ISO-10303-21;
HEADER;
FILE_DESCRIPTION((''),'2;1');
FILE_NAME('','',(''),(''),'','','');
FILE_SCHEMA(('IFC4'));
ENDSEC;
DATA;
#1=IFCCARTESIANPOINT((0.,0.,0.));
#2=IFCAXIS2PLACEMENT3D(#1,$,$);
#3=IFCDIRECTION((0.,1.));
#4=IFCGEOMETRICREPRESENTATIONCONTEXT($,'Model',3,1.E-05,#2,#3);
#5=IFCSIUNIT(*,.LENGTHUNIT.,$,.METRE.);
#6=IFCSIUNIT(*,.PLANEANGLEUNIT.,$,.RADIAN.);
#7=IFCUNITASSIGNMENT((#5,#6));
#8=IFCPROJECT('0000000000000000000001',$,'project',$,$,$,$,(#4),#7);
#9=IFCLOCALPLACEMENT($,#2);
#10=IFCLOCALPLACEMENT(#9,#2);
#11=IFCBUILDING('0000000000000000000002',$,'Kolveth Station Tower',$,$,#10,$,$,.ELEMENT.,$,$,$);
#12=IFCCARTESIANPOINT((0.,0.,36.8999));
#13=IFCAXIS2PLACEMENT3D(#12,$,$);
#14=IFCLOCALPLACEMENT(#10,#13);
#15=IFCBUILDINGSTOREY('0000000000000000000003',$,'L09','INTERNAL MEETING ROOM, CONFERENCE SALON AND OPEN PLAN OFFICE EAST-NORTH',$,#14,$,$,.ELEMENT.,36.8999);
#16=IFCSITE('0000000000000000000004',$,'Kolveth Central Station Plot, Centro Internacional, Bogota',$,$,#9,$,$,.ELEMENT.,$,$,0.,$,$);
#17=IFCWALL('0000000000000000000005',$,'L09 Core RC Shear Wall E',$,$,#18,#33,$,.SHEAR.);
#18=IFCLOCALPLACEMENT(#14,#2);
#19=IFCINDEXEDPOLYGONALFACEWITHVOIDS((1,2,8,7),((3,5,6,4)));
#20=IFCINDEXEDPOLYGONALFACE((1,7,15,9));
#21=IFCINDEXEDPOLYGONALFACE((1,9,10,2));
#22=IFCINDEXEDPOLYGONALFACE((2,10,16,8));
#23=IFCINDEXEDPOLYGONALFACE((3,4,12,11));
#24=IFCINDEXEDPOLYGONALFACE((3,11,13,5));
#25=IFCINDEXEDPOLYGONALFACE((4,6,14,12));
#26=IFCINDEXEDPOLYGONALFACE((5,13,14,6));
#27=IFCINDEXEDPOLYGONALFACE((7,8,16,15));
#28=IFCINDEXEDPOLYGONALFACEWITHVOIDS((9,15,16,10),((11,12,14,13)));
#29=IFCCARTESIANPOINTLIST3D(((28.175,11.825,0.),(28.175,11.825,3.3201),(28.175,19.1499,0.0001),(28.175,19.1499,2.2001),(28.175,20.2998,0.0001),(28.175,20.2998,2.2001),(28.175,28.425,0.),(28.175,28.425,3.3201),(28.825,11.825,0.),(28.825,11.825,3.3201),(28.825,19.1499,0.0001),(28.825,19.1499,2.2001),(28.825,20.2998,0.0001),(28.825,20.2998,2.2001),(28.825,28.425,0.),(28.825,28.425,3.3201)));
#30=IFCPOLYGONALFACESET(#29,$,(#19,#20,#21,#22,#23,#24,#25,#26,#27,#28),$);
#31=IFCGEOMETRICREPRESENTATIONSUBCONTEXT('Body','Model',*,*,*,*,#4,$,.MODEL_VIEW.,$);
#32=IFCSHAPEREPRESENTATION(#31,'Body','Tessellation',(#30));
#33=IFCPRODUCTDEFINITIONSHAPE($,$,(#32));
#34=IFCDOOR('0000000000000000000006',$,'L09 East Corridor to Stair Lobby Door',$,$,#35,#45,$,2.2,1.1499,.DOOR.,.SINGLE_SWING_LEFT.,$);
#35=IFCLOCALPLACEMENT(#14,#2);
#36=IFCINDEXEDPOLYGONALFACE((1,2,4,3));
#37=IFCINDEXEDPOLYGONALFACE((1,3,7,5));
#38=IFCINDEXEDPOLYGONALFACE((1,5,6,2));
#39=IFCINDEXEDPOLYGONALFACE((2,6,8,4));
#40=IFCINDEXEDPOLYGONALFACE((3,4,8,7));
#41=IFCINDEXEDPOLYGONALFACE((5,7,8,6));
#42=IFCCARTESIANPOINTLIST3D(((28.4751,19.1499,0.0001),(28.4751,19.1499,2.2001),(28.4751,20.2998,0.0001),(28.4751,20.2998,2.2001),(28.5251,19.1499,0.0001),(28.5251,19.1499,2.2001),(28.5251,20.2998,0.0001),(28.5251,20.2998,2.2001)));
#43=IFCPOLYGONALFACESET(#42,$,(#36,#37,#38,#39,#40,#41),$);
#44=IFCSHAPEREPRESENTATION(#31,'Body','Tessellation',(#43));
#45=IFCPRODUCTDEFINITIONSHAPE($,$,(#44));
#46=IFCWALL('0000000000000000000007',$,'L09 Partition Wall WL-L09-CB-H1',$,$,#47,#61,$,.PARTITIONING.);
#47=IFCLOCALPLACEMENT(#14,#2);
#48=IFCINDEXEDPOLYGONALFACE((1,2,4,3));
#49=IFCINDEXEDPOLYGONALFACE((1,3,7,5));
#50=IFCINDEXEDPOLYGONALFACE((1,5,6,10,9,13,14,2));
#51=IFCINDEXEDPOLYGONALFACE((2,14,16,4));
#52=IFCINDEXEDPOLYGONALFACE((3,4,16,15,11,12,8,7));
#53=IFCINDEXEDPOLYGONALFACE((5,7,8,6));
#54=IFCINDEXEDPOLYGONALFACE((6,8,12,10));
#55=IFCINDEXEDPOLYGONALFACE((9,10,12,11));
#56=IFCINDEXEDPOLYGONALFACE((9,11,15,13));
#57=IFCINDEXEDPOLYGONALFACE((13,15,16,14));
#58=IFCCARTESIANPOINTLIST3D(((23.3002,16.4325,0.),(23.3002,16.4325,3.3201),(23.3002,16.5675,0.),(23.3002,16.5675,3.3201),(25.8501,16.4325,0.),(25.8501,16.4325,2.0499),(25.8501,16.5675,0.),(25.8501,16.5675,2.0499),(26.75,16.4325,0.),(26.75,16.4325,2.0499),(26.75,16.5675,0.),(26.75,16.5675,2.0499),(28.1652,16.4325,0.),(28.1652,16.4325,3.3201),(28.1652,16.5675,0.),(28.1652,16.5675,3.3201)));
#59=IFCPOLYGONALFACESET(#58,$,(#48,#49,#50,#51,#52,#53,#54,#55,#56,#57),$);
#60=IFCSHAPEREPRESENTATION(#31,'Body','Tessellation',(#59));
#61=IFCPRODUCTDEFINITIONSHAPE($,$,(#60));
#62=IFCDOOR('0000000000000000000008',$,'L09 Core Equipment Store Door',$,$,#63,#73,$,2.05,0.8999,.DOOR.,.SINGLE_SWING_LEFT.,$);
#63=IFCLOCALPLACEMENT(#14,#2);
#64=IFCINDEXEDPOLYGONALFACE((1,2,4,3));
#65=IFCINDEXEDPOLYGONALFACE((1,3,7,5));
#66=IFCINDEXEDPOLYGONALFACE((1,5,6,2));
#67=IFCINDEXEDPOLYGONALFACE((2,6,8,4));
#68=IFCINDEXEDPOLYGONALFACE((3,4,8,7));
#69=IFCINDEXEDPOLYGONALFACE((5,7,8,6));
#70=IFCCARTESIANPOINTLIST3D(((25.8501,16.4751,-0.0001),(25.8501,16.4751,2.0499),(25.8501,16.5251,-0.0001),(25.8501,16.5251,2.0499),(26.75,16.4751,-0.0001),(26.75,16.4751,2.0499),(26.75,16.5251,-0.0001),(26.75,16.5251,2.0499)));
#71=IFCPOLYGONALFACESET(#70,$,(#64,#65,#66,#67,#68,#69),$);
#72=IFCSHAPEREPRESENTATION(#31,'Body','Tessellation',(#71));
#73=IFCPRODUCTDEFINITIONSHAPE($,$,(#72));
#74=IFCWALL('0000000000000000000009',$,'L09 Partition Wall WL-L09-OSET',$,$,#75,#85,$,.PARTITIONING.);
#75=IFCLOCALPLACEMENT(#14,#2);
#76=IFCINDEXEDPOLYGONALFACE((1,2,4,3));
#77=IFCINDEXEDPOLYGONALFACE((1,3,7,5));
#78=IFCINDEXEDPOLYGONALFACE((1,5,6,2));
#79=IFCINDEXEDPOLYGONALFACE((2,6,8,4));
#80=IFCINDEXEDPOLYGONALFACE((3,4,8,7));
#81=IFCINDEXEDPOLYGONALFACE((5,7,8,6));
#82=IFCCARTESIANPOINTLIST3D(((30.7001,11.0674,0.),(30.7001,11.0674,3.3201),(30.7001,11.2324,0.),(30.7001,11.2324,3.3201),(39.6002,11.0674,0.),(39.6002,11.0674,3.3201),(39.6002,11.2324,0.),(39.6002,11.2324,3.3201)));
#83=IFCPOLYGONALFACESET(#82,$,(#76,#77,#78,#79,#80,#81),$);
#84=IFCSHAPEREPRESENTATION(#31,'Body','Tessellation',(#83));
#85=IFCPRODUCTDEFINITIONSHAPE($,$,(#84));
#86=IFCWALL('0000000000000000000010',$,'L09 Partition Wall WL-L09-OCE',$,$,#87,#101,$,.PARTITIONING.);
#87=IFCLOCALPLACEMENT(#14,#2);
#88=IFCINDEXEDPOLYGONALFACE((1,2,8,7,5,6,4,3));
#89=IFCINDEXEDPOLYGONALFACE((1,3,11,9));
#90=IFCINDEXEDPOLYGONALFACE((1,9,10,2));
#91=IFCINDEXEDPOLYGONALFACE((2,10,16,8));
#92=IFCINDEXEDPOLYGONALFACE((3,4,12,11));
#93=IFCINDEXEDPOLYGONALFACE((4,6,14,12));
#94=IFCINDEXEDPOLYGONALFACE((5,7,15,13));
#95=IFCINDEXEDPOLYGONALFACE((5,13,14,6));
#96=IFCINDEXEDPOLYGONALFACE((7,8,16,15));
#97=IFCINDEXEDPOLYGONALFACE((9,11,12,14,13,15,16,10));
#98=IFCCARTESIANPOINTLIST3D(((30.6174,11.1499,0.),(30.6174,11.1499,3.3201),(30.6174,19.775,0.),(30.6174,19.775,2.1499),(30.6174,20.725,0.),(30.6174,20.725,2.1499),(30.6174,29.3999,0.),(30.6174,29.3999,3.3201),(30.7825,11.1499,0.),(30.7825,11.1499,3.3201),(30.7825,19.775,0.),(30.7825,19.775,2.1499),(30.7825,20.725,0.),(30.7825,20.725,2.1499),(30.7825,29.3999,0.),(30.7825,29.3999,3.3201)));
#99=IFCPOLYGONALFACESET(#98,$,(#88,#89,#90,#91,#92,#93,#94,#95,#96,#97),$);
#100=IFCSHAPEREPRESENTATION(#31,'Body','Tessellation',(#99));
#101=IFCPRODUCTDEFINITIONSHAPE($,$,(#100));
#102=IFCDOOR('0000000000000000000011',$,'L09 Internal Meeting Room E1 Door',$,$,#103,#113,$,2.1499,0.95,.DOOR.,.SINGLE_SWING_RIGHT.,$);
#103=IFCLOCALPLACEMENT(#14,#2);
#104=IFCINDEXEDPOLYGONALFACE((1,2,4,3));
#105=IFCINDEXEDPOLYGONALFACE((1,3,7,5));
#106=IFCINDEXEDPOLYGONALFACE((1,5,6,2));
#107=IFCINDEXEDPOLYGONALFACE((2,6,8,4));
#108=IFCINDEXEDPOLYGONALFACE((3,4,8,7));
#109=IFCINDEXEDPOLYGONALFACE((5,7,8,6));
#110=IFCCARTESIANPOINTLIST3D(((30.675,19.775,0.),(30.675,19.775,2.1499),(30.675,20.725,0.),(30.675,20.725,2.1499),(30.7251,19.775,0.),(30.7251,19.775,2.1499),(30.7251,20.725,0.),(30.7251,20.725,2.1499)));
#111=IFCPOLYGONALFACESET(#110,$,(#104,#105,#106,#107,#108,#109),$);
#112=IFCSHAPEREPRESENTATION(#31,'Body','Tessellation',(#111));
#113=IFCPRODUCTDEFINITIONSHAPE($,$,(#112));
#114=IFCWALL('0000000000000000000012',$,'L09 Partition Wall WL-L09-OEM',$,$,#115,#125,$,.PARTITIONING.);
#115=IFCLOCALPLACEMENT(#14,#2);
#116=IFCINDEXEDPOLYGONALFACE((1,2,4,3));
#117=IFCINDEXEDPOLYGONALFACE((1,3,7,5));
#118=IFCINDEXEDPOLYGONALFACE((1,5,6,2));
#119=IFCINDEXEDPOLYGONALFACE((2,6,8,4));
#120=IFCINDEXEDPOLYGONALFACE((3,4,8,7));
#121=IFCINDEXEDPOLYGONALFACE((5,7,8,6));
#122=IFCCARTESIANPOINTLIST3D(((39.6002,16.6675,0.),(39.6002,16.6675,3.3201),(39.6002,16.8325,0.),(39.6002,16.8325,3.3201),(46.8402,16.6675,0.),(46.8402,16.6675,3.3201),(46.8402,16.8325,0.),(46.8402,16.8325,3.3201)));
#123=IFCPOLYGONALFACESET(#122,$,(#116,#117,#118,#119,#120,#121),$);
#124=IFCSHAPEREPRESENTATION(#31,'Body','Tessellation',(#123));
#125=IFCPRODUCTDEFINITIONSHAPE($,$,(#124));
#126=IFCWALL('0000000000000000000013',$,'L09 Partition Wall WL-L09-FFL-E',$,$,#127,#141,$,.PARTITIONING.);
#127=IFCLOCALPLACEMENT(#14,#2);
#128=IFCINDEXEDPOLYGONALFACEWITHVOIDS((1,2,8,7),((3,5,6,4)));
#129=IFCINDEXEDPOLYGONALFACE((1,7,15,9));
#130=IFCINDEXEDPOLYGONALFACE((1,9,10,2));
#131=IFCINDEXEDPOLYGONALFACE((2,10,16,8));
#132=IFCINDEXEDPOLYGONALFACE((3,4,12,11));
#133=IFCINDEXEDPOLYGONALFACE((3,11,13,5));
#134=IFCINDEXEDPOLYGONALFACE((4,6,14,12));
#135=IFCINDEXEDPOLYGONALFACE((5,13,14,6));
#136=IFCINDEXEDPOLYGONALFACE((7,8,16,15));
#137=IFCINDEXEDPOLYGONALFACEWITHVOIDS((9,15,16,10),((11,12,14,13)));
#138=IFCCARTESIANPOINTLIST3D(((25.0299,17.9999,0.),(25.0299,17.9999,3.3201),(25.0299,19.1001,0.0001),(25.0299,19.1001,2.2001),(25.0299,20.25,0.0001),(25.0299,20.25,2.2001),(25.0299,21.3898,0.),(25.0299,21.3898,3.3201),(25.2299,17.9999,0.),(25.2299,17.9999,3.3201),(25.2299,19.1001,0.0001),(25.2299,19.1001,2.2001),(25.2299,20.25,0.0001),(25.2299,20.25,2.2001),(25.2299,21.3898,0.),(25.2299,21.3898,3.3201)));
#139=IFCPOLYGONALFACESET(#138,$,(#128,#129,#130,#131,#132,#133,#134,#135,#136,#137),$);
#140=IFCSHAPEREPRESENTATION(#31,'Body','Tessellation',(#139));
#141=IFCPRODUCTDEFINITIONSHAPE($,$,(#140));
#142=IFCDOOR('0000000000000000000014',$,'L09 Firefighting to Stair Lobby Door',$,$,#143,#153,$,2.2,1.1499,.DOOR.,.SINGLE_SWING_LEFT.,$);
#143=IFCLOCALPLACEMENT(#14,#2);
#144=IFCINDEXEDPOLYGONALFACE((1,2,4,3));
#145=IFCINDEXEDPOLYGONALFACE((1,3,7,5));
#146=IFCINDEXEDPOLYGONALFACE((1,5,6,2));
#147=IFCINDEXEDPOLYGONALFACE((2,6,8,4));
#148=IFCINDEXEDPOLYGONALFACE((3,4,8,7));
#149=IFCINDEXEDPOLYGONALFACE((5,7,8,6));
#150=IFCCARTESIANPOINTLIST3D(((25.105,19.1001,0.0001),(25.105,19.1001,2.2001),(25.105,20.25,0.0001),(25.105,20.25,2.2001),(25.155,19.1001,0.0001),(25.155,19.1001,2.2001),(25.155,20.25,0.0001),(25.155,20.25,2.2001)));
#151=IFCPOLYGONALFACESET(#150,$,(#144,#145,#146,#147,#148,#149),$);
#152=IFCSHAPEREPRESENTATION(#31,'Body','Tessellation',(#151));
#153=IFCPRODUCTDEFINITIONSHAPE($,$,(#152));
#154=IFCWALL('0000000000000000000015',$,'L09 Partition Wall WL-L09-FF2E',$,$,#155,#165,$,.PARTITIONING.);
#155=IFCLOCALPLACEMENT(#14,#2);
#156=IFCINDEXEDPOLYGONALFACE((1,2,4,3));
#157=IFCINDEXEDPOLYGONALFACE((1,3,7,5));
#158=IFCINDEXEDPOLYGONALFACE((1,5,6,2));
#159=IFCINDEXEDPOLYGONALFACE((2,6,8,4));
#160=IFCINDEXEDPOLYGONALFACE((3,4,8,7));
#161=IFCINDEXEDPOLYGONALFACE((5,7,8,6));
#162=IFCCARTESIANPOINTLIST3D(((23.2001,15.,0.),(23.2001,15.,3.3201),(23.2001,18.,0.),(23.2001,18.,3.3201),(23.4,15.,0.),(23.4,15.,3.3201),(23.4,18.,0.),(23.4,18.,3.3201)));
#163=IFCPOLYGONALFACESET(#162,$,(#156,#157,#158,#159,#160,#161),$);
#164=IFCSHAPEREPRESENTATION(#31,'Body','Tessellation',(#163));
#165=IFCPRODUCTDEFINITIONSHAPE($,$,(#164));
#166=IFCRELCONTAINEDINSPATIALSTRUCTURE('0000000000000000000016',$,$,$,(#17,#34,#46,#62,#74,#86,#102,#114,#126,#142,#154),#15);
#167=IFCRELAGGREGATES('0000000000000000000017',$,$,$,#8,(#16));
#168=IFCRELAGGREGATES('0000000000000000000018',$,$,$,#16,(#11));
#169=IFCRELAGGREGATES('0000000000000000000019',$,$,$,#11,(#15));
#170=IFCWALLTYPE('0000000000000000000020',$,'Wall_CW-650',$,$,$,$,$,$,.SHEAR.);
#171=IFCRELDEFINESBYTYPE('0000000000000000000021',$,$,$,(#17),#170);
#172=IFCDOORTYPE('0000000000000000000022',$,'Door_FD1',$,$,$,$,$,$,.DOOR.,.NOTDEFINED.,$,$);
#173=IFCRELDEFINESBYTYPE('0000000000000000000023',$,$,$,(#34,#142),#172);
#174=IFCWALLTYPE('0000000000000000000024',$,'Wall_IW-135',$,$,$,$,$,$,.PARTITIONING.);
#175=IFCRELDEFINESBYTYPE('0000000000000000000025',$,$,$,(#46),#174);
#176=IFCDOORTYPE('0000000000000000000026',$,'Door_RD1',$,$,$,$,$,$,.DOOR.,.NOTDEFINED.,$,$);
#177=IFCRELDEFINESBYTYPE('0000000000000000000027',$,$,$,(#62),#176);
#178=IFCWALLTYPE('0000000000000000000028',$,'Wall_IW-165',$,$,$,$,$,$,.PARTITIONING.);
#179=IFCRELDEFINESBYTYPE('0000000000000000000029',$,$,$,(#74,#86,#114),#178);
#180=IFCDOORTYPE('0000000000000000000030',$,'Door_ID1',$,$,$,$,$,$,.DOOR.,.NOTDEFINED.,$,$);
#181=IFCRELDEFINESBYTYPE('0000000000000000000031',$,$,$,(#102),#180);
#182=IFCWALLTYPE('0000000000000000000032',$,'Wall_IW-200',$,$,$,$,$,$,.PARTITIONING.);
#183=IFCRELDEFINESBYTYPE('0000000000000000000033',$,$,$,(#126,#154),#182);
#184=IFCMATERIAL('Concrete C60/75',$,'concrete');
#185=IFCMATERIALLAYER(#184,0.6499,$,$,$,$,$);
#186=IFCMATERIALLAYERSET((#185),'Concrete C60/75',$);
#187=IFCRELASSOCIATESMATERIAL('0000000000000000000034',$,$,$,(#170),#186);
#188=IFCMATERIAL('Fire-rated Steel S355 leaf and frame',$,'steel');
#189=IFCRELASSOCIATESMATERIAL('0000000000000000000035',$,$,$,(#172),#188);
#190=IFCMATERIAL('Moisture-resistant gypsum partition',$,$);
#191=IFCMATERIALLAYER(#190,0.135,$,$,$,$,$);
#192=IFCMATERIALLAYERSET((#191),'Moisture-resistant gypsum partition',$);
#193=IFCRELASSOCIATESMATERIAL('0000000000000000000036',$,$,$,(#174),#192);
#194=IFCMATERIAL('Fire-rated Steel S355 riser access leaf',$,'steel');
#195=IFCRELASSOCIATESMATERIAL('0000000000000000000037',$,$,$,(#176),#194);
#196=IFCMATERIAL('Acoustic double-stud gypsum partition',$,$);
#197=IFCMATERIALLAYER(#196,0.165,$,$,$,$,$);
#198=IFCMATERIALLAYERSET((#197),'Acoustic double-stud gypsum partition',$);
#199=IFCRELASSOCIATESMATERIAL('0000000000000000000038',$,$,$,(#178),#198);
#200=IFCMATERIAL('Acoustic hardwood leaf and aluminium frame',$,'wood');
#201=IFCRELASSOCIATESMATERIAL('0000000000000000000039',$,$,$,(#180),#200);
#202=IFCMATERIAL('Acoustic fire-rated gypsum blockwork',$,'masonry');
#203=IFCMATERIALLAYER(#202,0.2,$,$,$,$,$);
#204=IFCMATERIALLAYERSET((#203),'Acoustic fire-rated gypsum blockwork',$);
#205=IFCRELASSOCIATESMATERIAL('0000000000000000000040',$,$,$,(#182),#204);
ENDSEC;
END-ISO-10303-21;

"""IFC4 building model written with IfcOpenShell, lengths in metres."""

from ifc_helpers import new_model, si_unit, direction, frame, frame_2d, origin, place, context, subcontext, project, spatial, rectangle, extrude, material, layer, layer_set, type_object, element, fill, save


model = new_model("IFC4")

# Units and contexts
model_context = context("Model", 3, precision=1e-05, world=origin(), true_north=direction((0.0, 1.0)))
body_context = subcontext(model_context, "Body", "Model", "MODEL_VIEW")
ifc_project = project(units=[si_unit("LENGTHUNIT", "METRE"), si_unit("PLANEANGLEUNIT", "RADIAN")], contexts=[model_context])

# Site, building, storey
site_placement = place(None, origin())
site = spatial("IfcSite", under=ifc_project, at=site_placement, Name="Kolveth Central Station Plot, Centro Internacional, Bogota", CompositionType="ELEMENT", RefElevation=0.0)
building_placement = place(site_placement, origin())
building = spatial("IfcBuilding", under=site, at=building_placement, Name="Kolveth Station Tower", CompositionType="ELEMENT")
storey_placement = place(building_placement, frame((0.0, 0.0, 36.8999)))
storey = spatial("IfcBuildingStorey", under=building, at=storey_placement, Name="L09", Description="INTERNAL MEETING ROOM, CONFERENCE SALON AND OPEN PLAN OFFICE EAST-NORTH", CompositionType="ELEMENT", Elevation=36.8999)

# Walls, openings, doors
ifc_material_1 = material(Name="Concrete C60/75", Category="concrete")
ifc_layer_1 = layer(ifc_material_1, 0.6499)
ifc_layer_set_1 = layer_set([ifc_layer_1], Name="Concrete C60/75")
wall_type_1 = type_object("IfcWallType", Name="Wall_CW-650", PredefinedType="SHEAR", material=ifc_layer_set_1)
wall_1_placement = place(storey_placement, frame((28.5, 11.825, 0.0), z_axis=(0.0, 0.0, 1.0), x_axis=(0.0, 1.0, 0.0)))
wall_1 = element("IfcWall", 1, at=wall_1_placement, inside=storey, type_object=wall_type_1, Name="L09 Core RC Shear Wall E", PredefinedType="SHEAR", context=body_context, shape_type="SweptSolid", body=[
    extrude(rectangle(XDim=16.6001, YDim=0.6499, at=frame_2d((8.3, 0.0))), origin(), (0.0, 0.0, 1.0), 3.3201),
])
opening_1_placement = place(wall_1_placement, frame((7.325, 0.0, 0.0)))
opening_1 = element("IfcOpeningElement", 2, at=opening_1_placement, cuts=wall_1, PredefinedType="OPENING", context=body_context, shape_type="SweptSolid", body=[
    extrude(rectangle(XDim=1.1499, YDim=2.2, at=frame_2d((0.575, 1.1001))), frame((0.0, 0.335, 0.0), z_axis=(0.0, -1.0, 0.0), x_axis=(1.0, 0.0, 0.0)), (0.0, 0.0, 1.0), 0.6699),
])
ifc_material_2 = material(Name="Fire-rated Steel S355 leaf and frame", Category="steel")
door_type_1 = type_object("IfcDoorType", Name="Door_FD1", OperationType="NOTDEFINED", PredefinedType="DOOR", material=ifc_material_2)
door_1_placement = place(opening_1_placement, origin())
door_1 = element("IfcDoor", 3, at=door_1_placement, inside=storey, type_object=door_type_1, Name="L09 East Corridor to Stair Lobby Door", OperationType="SINGLE_SWING_LEFT", OverallHeight=2.2, OverallWidth=1.1499, PredefinedType="DOOR", context=body_context, shape_type="SweptSolid", body=[
    extrude(rectangle(XDim=1.1499, YDim=2.2, at=frame_2d((0.575, 1.1001))), frame((0.0, 0.0249, 0.0), z_axis=(0.0, -1.0, 0.0), x_axis=(1.0, 0.0, 0.0)), (0.0, 0.0, 1.0), 0.05),
])
fill(opening_1, door_1)
ifc_material_3 = material(Name="Moisture-resistant gypsum partition")
ifc_layer_2 = layer(ifc_material_3, 0.135)
ifc_layer_set_2 = layer_set([ifc_layer_2], Name="Moisture-resistant gypsum partition")
wall_type_2 = type_object("IfcWallType", Name="Wall_IW-135", PredefinedType="PARTITIONING", material=ifc_layer_set_2)
wall_2_placement = place(storey_placement, frame((23.3, 16.5, 0.0), z_axis=(0.0, 0.0, 1.0), x_axis=(1.0, 0.0, 0.0)))
wall_2 = element("IfcWall", 4, at=wall_2_placement, inside=storey, type_object=wall_type_2, Name="L09 Partition Wall WL-L09-CB-H1", PredefinedType="PARTITIONING", context=body_context, shape_type="SweptSolid", body=[
    extrude(rectangle(XDim=4.865, YDim=0.135, at=frame_2d((2.4326, 0.0))), origin(), (0.0, 0.0, 1.0), 3.3201),
])
opening_2_placement = place(wall_2_placement, frame((2.55, 0.0, 0.0)))
opening_2 = element("IfcOpeningElement", 5, at=opening_2_placement, cuts=wall_2, PredefinedType="OPENING", context=body_context, shape_type="SweptSolid", body=[
    extrude(rectangle(XDim=0.8999, YDim=2.05, at=frame_2d((0.45, 1.0249))), frame((0.0, 0.0774, 0.0), z_axis=(0.0, -1.0, 0.0), x_axis=(1.0, 0.0, 0.0)), (0.0, 0.0, 1.0), 0.155),
])
ifc_material_4 = material(Name="Fire-rated Steel S355 riser access leaf", Category="steel")
door_type_2 = type_object("IfcDoorType", Name="Door_RD1", OperationType="NOTDEFINED", PredefinedType="DOOR", material=ifc_material_4)
door_2_placement = place(opening_2_placement, frame((0.8999, 0.0, 0.0), z_axis=(0.0, 0.0, 1.0), x_axis=(-1.0, 0.0, 0.0)))
door_2 = element("IfcDoor", 6, at=door_2_placement, inside=storey, type_object=door_type_2, Name="L09 Core Equipment Store Door", OperationType="SINGLE_SWING_LEFT", OverallHeight=2.05, OverallWidth=0.8999, PredefinedType="DOOR", context=body_context, shape_type="SweptSolid", body=[
    extrude(rectangle(XDim=0.8999, YDim=2.05, at=frame_2d((0.45, 1.0249))), frame((0.0, 0.0249, 0.0), z_axis=(0.0, -1.0, 0.0), x_axis=(1.0, 0.0, 0.0)), (0.0, 0.0, 1.0), 0.05),
])
fill(opening_2, door_2)

# Wall
ifc_material_5 = material(Name="Acoustic double-stud gypsum partition")
ifc_layer_3 = layer(ifc_material_5, 0.165)
ifc_layer_set_3 = layer_set([ifc_layer_3], Name="Acoustic double-stud gypsum partition")
wall_type_3 = type_object("IfcWallType", Name="Wall_IW-165", PredefinedType="PARTITIONING", material=ifc_layer_set_3)
wall_3_placement = place(storey_placement, frame((30.7, 11.1499, 0.0), z_axis=(0.0, 0.0, 1.0), x_axis=(1.0, 0.0, 0.0)))
element("IfcWall", 7, at=wall_3_placement, inside=storey, type_object=wall_type_3, Name="L09 Partition Wall WL-L09-OSET", PredefinedType="PARTITIONING", context=body_context, shape_type="SweptSolid", body=[
    extrude(rectangle(XDim=8.9001, YDim=0.165, at=frame_2d((4.4502, 0.0))), origin(), (0.0, 0.0, 1.0), 3.3201),
])

# Wall, opening, door
wall_4_placement = place(storey_placement, frame((30.7, 11.1499, 0.0), z_axis=(0.0, 0.0, 1.0), x_axis=(0.0, 1.0, 0.0)))
wall_4 = element("IfcWall", 8, at=wall_4_placement, inside=storey, type_object=wall_type_3, Name="L09 Partition Wall WL-L09-OCE", PredefinedType="PARTITIONING", context=body_context, shape_type="SweptSolid", body=[
    extrude(rectangle(XDim=18.25, YDim=0.165, at=frame_2d((9.125, 0.0))), origin(), (0.0, 0.0, 1.0), 3.3201),
])
opening_3_placement = place(wall_4_placement, frame((8.625, 0.0, 0.0)))
opening_3 = element("IfcOpeningElement", 9, at=opening_3_placement, cuts=wall_4, PredefinedType="OPENING", context=body_context, shape_type="SweptSolid", body=[
    extrude(rectangle(XDim=0.95, YDim=2.1499, at=frame_2d((0.4751, 1.075))), frame((0.0, 0.0925, 0.0), z_axis=(0.0, -1.0, 0.0), x_axis=(1.0, 0.0, 0.0)), (0.0, 0.0, 1.0), 0.1851),
])
ifc_material_6 = material(Name="Acoustic hardwood leaf and aluminium frame", Category="wood")
door_type_3 = type_object("IfcDoorType", Name="Door_ID1", OperationType="NOTDEFINED", PredefinedType="DOOR", material=ifc_material_6)
door_3_placement = place(opening_3_placement, origin())
door_3 = element("IfcDoor", 10, at=door_3_placement, inside=storey, type_object=door_type_3, Name="L09 Internal Meeting Room E1 Door", OperationType="SINGLE_SWING_RIGHT", OverallHeight=2.1499, OverallWidth=0.95, PredefinedType="DOOR", context=body_context, shape_type="SweptSolid", body=[
    extrude(rectangle(XDim=0.95, YDim=2.1499, at=frame_2d((0.4751, 1.075))), frame((0.0, 0.0249, 0.0), z_axis=(0.0, -1.0, 0.0), x_axis=(1.0, 0.0, 0.0)), (0.0, 0.0, 1.0), 0.05),
])
fill(opening_3, door_3)

# Wall
wall_5_placement = place(storey_placement, frame((39.6001, 16.75, 0.0), z_axis=(0.0, 0.0, 1.0), x_axis=(1.0, 0.0, 0.0)))
element("IfcWall", 11, at=wall_5_placement, inside=storey, type_object=wall_type_3, Name="L09 Partition Wall WL-L09-OEM", PredefinedType="PARTITIONING", context=body_context, shape_type="SweptSolid", body=[
    extrude(rectangle(XDim=7.24, YDim=0.165, at=frame_2d((3.6201, 0.0))), origin(), (0.0, 0.0, 1.0), 3.3201),
])

# Wall, opening, door
ifc_material_7 = material(Name="Acoustic fire-rated gypsum blockwork", Category="masonry")
ifc_layer_4 = layer(ifc_material_7, 0.2)
ifc_layer_set_4 = layer_set([ifc_layer_4], Name="Acoustic fire-rated gypsum blockwork")
wall_type_4 = type_object("IfcWallType", Name="Wall_IW-200", PredefinedType="PARTITIONING", material=ifc_layer_set_4)
wall_6_placement = place(storey_placement, frame((25.1299, 18.0, 0.0), z_axis=(0.0, 0.0, 1.0), x_axis=(0.0, 1.0, 0.0)))
wall_6 = element("IfcWall", 12, at=wall_6_placement, inside=storey, type_object=wall_type_4, Name="L09 Partition Wall WL-L09-FFL-E", PredefinedType="PARTITIONING", context=body_context, shape_type="SweptSolid", body=[
    extrude(rectangle(XDim=3.3899, YDim=0.2, at=frame_2d((1.6948, 0.0))), origin(), (0.0, 0.0, 1.0), 3.3201),
])
opening_4_placement = place(wall_6_placement, frame((1.1001, 0.0, 0.0)))
opening_4 = element("IfcOpeningElement", 13, at=opening_4_placement, cuts=wall_6, PredefinedType="OPENING", context=body_context, shape_type="SweptSolid", body=[
    extrude(rectangle(XDim=1.1499, YDim=2.2, at=frame_2d((0.575, 1.1001))), frame((0.0, 0.1099, 0.0), z_axis=(0.0, -1.0, 0.0), x_axis=(1.0, 0.0, 0.0)), (0.0, 0.0, 1.0), 0.22),
])
door_4_placement = place(opening_4_placement, origin())
door_4 = element("IfcDoor", 14, at=door_4_placement, inside=storey, type_object=door_type_1, Name="L09 Firefighting to Stair Lobby Door", OperationType="SINGLE_SWING_LEFT", OverallHeight=2.2, OverallWidth=1.1499, PredefinedType="DOOR", context=body_context, shape_type="SweptSolid", body=[
    extrude(rectangle(XDim=1.1499, YDim=2.2, at=frame_2d((0.575, 1.1001))), frame((0.0, 0.0249, 0.0), z_axis=(0.0, -1.0, 0.0), x_axis=(1.0, 0.0, 0.0)), (0.0, 0.0, 1.0), 0.05),
])
fill(opening_4, door_4)

# Wall
wall_7_placement = place(storey_placement, frame((23.3, 15.0, 0.0), z_axis=(0.0, 0.0, 1.0), x_axis=(0.0, 1.0, 0.0)))
element("IfcWall", 15, at=wall_7_placement, inside=storey, type_object=wall_type_4, Name="L09 Partition Wall WL-L09-FF2E", PredefinedType="PARTITIONING", context=body_context, shape_type="SweptSolid", body=[
    extrude(rectangle(XDim=3.0, YDim=0.2, at=frame_2d((1.5, 0.0))), origin(), (0.0, 0.0, 1.0), 3.3201),
])

save(model, "model.ifc")
